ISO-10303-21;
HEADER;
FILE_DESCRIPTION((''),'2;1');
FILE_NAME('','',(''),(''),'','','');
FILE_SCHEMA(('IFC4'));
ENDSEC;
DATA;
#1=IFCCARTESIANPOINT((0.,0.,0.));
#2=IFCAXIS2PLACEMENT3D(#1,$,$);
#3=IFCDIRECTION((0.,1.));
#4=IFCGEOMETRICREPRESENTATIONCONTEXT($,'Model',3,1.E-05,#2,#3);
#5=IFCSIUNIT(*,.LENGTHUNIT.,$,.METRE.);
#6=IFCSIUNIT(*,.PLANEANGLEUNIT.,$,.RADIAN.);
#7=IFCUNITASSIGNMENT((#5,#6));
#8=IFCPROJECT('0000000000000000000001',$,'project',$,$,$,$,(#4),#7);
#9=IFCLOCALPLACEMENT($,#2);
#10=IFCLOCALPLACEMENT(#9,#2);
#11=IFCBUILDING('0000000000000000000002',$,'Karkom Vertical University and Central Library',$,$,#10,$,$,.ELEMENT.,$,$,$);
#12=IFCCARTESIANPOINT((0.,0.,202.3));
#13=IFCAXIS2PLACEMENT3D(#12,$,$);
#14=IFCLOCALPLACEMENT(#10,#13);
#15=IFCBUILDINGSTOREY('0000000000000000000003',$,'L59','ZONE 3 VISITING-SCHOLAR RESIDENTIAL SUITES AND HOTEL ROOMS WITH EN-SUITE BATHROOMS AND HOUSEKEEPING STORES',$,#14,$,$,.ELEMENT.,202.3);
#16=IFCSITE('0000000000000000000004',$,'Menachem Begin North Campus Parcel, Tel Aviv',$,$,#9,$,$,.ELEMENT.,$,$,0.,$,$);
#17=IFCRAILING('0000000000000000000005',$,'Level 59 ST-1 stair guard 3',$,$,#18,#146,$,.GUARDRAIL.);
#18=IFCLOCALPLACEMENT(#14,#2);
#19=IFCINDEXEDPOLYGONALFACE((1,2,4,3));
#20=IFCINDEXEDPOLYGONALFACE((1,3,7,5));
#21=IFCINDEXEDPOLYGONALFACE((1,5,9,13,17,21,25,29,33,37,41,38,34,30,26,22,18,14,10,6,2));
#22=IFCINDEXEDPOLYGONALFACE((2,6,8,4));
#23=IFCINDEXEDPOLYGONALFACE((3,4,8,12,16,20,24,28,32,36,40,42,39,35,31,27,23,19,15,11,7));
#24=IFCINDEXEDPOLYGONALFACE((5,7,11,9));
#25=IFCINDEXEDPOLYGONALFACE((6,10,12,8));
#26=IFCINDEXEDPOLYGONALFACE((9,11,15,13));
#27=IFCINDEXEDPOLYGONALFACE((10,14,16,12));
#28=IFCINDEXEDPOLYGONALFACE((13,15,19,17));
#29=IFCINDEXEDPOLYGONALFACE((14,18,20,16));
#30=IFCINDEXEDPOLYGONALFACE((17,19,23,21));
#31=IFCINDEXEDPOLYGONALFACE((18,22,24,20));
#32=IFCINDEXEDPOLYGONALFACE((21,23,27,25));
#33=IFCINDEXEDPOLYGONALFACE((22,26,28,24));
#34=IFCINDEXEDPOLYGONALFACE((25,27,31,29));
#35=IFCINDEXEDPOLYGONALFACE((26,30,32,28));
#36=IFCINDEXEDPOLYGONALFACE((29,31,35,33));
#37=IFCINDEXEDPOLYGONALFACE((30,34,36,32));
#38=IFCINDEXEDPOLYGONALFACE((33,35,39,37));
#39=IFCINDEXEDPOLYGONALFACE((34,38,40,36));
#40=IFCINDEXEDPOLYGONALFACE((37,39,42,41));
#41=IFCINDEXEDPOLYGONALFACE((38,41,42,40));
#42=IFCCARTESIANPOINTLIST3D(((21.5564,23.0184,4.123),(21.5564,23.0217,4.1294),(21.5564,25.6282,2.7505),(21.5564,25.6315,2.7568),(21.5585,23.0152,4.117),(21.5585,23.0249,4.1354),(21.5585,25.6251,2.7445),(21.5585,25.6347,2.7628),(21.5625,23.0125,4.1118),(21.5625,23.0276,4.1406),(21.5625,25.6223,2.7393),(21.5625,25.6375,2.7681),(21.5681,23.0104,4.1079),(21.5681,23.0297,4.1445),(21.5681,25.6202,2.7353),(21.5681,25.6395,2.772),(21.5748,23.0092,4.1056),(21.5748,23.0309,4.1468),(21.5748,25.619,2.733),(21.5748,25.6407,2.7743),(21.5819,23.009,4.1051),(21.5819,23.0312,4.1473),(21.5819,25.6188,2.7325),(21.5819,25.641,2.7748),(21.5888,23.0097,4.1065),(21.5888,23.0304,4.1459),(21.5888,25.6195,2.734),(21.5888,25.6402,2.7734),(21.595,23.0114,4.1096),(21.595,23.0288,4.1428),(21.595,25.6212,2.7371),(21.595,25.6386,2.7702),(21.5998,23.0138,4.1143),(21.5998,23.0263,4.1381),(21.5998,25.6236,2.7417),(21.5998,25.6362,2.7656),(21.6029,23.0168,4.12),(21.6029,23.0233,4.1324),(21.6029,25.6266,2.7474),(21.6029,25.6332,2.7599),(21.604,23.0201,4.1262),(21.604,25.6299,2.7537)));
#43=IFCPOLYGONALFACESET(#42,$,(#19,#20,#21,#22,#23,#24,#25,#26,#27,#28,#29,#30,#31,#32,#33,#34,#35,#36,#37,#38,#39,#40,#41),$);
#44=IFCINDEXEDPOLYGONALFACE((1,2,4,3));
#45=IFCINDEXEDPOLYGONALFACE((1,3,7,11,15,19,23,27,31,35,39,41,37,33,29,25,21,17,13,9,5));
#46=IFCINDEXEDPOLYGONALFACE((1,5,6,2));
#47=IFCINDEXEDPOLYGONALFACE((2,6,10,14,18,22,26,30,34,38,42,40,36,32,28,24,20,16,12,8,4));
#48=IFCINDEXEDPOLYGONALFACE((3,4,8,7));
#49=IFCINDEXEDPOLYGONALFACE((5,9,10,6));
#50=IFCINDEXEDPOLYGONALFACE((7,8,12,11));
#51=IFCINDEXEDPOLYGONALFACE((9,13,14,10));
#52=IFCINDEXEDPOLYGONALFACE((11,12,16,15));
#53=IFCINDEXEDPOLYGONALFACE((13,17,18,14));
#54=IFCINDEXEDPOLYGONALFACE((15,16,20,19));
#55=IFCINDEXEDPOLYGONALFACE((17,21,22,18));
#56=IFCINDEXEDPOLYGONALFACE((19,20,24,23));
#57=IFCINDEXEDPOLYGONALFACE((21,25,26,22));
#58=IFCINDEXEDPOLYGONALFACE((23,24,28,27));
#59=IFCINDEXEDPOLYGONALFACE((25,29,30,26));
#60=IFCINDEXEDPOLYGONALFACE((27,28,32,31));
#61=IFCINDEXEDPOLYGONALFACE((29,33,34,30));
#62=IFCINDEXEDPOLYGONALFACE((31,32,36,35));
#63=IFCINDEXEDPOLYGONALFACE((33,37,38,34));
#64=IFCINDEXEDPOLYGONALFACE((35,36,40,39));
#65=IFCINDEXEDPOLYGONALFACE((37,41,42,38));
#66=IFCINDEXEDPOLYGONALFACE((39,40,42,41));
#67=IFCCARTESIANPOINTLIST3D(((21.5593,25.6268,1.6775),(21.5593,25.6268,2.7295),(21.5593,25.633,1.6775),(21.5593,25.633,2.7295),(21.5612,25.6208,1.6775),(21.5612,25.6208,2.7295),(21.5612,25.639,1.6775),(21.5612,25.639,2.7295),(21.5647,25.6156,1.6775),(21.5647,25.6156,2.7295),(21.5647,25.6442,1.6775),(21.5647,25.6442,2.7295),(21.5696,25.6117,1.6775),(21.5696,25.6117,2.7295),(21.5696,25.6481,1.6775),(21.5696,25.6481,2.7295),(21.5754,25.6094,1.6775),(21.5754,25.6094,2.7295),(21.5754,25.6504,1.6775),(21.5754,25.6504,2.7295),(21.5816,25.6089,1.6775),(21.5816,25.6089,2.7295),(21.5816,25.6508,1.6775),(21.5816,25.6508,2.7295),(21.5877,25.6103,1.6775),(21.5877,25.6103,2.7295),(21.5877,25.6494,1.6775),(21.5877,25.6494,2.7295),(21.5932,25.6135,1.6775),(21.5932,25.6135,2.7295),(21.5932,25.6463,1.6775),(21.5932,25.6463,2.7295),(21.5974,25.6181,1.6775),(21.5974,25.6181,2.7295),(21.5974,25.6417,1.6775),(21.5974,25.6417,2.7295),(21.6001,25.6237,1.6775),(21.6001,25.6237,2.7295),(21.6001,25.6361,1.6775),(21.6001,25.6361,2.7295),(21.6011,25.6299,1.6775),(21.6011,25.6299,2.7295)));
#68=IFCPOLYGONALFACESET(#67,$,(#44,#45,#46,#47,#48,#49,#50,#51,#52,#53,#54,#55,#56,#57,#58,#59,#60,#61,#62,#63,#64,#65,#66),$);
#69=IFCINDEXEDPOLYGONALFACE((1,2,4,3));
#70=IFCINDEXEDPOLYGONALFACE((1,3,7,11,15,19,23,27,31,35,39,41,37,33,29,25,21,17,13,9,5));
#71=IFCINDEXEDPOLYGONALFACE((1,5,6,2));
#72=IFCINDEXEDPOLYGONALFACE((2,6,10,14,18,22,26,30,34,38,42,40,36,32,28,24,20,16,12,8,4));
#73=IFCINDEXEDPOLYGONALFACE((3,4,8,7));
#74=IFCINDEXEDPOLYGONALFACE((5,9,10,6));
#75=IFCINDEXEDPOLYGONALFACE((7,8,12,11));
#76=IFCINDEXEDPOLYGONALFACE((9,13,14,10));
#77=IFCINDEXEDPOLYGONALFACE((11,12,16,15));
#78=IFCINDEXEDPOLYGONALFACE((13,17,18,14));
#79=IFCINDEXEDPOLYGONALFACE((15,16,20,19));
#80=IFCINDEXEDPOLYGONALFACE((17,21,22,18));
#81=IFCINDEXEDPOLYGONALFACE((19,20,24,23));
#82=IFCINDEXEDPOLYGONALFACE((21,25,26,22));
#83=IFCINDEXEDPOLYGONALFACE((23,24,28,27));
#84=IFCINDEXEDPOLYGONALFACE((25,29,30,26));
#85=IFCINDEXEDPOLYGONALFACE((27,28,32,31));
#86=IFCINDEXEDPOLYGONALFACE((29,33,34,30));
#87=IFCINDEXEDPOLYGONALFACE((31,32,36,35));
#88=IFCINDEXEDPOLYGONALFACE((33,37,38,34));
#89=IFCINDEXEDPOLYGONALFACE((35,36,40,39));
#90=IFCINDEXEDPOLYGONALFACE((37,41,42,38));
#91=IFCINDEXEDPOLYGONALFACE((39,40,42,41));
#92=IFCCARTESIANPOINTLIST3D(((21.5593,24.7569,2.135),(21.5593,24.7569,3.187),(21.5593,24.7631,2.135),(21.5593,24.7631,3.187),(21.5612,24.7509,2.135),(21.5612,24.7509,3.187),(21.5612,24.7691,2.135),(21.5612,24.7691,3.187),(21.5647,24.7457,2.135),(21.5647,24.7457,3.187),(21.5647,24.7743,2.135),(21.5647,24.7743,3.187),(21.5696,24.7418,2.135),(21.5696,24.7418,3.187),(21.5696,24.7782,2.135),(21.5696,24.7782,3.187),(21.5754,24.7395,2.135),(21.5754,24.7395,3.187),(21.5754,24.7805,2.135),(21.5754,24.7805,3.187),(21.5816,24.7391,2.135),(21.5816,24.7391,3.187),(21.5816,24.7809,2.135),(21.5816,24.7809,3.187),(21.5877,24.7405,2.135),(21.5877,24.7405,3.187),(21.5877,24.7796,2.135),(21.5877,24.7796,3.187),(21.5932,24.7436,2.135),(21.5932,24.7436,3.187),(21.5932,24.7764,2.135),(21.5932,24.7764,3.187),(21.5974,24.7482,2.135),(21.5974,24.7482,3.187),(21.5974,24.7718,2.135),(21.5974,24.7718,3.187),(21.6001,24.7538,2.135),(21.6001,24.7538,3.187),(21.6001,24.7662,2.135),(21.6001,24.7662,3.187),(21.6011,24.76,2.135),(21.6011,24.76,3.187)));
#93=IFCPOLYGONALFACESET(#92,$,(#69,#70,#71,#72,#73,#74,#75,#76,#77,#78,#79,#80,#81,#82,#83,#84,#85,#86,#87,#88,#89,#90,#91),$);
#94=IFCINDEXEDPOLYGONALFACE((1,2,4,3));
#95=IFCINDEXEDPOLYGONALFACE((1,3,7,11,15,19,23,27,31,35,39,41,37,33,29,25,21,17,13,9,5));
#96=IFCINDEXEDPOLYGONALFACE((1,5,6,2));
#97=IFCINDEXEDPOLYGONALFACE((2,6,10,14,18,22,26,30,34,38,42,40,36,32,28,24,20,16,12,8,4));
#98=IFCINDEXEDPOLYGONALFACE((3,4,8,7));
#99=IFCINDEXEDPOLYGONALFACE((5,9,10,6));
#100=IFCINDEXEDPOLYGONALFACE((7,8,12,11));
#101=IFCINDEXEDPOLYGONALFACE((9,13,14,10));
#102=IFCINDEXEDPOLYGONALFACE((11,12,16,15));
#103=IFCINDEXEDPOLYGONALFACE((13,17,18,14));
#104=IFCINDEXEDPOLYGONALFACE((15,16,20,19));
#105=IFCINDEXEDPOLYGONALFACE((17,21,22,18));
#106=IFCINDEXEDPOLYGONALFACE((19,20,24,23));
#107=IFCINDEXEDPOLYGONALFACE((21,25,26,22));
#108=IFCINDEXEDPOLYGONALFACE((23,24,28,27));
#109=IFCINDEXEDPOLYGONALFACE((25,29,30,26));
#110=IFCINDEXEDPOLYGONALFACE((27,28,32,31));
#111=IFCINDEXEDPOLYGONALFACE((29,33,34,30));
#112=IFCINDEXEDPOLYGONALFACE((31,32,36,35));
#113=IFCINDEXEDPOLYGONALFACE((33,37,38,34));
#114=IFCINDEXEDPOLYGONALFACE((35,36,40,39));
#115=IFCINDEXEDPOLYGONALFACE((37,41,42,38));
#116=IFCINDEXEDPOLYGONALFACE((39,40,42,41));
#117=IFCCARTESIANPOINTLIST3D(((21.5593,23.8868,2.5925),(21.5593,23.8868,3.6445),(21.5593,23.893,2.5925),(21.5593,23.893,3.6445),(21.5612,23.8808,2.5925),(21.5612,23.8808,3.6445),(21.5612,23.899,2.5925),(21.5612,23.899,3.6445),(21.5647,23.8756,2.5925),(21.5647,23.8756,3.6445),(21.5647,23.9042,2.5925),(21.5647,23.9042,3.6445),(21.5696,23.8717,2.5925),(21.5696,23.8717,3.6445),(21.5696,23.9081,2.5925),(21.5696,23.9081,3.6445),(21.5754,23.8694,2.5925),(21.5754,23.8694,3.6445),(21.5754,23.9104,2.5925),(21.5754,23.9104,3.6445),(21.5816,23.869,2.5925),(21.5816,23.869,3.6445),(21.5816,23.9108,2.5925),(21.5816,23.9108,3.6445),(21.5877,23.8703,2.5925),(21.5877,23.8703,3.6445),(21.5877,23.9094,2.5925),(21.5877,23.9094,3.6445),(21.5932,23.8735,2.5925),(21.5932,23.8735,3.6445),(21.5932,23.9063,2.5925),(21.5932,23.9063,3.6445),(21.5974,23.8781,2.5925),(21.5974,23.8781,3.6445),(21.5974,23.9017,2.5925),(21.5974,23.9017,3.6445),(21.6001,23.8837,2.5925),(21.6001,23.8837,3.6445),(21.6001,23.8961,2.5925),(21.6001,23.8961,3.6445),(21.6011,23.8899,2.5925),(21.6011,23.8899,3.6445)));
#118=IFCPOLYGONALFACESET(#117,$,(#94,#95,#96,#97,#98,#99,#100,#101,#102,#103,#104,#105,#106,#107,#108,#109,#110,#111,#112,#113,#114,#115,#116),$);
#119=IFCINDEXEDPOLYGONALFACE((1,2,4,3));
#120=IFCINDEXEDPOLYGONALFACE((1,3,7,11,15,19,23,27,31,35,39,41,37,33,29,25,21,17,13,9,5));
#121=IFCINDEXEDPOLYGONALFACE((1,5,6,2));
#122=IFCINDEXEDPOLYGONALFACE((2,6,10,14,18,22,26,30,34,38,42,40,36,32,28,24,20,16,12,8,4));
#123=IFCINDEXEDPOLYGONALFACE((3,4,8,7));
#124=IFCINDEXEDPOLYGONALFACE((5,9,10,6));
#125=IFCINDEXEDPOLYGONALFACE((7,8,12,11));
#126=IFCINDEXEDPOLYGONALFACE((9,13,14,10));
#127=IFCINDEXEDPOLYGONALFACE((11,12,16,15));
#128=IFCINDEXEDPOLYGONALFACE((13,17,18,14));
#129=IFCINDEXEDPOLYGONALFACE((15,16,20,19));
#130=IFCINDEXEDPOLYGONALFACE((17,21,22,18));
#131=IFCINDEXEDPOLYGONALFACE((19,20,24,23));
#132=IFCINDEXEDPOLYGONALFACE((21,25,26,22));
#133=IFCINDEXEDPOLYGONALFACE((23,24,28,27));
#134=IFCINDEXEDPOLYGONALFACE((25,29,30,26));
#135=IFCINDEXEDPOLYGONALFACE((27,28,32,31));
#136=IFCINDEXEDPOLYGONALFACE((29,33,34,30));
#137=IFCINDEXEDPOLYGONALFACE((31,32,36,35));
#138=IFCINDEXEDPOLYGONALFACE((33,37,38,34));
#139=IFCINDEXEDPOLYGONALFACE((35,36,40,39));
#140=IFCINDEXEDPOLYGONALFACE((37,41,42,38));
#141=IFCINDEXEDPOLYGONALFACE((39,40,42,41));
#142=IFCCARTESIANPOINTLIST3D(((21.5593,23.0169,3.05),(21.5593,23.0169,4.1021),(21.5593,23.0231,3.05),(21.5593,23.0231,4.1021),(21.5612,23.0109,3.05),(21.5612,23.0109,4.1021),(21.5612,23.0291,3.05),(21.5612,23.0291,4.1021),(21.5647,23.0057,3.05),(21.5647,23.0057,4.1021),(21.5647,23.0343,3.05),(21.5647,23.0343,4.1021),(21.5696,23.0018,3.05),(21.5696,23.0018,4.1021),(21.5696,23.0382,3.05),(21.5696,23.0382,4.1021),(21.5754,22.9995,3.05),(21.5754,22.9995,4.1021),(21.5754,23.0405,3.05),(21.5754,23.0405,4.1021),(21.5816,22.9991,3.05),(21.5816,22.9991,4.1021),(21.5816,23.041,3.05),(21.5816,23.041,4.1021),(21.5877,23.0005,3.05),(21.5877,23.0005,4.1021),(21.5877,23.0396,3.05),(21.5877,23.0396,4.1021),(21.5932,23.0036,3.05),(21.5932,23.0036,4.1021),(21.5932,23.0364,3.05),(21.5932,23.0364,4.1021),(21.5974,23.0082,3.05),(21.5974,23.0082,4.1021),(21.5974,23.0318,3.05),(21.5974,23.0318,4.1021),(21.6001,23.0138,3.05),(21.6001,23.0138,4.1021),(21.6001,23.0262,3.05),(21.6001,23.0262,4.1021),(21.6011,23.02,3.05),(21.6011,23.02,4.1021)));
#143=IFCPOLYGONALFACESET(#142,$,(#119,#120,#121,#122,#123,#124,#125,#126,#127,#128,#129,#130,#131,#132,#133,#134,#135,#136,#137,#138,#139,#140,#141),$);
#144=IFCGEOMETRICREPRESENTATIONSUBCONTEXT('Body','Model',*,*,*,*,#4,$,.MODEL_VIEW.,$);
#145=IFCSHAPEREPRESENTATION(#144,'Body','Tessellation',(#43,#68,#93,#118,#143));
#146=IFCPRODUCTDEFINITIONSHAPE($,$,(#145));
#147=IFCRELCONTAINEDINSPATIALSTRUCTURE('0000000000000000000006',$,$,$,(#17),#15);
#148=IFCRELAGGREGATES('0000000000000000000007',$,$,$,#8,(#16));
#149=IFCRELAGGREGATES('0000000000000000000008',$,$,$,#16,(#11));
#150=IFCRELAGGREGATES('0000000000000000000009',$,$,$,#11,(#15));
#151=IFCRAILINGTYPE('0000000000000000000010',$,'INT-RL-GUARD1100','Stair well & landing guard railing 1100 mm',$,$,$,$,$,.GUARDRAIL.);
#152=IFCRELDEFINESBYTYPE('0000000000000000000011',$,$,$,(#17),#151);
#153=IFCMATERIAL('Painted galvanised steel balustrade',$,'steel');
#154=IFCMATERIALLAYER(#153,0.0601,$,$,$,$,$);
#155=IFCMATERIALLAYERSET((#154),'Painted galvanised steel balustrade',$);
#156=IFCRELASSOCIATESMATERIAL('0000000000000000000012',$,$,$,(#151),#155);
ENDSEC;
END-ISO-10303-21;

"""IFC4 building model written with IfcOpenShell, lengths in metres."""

from ifc_helpers import new_model, si_unit, direction, frame, origin, origin_2d, place, context, subcontext, project, spatial, circle, extrude, material, layer, layer_set, type_object, element, save


model = new_model("IFC4")

# Units and contexts
model_context = context("Model", 3, precision=1e-05, world=origin(), true_north=direction((0.0, 1.0)))
body_context = subcontext(model_context, "Body", "Model", "MODEL_VIEW")
ifc_project = project(units=[si_unit("LENGTHUNIT", "METRE"), si_unit("PLANEANGLEUNIT", "RADIAN")], contexts=[model_context])

# Site, building, storey
site_placement = place(None, origin())
site = spatial("IfcSite", under=ifc_project, at=site_placement, Name="Menachem Begin North Campus Parcel, Tel Aviv", CompositionType="ELEMENT", RefElevation=0.0)
building_placement = place(site_placement, origin())
building = spatial("IfcBuilding", under=site, at=building_placement, Name="Karkom Vertical University and Central Library", CompositionType="ELEMENT")
storey_placement = place(building_placement, frame((0.0, 0.0, 202.3)))
storey = spatial("IfcBuildingStorey", under=building, at=storey_placement, Name="L59", Description="ZONE 3 VISITING-SCHOLAR RESIDENTIAL SUITES AND HOTEL ROOMS WITH EN-SUITE BATHROOMS AND HOUSEKEEPING STORES", CompositionType="ELEMENT", Elevation=202.3)

# Railing
ifc_material_1 = material(Name="Painted galvanised steel balustrade", Category="steel")
ifc_layer_1 = layer(ifc_material_1, 0.0601)
ifc_layer_set_1 = layer_set([ifc_layer_1], Name="Painted galvanised steel balustrade")
railing_type_1 = type_object("IfcRailingType", Name="INT-RL-GUARD1100", Description="Stair well & landing guard railing 1100 mm", PredefinedType="GUARDRAIL", material=ifc_layer_set_1)
railing_1_placement = place(storey_placement, frame((21.5801, 25.6299, 1.6775)))
element("IfcRailing", 1, at=railing_1_placement, inside=storey, type_object=railing_type_1, Name="Level 59 ST-1 stair guard 3", PredefinedType="GUARDRAIL", context=body_context, shape_type="SweptSolid", body=[
    extrude(circle(Radius=0.0239, at=origin_2d()), frame((0.0, 0.0, 1.0762), z_axis=(0.0, -0.885065, 0.465467), x_axis=(1.0, 0.0, 0.0)), (0.0, 0.0, 1.0), 2.9487),
    extrude(circle(Radius=0.021, at=origin_2d()), origin(), (0.0, 0.0, 1.0), 1.052),
    extrude(circle(Radius=0.021, at=origin_2d()), frame((0.0, -0.8699, 0.4575)), (0.0, 0.0, 1.0), 1.052),
    extrude(circle(Radius=0.021, at=origin_2d()), frame((0.0, -1.74, 0.915)), (0.0, 0.0, 1.0), 1.052),
    extrude(circle(Radius=0.021, at=origin_2d()), frame((0.0, -2.6099, 1.3726)), (0.0, 0.0, 1.0), 1.052),
])

save(model, "model.ifc")
